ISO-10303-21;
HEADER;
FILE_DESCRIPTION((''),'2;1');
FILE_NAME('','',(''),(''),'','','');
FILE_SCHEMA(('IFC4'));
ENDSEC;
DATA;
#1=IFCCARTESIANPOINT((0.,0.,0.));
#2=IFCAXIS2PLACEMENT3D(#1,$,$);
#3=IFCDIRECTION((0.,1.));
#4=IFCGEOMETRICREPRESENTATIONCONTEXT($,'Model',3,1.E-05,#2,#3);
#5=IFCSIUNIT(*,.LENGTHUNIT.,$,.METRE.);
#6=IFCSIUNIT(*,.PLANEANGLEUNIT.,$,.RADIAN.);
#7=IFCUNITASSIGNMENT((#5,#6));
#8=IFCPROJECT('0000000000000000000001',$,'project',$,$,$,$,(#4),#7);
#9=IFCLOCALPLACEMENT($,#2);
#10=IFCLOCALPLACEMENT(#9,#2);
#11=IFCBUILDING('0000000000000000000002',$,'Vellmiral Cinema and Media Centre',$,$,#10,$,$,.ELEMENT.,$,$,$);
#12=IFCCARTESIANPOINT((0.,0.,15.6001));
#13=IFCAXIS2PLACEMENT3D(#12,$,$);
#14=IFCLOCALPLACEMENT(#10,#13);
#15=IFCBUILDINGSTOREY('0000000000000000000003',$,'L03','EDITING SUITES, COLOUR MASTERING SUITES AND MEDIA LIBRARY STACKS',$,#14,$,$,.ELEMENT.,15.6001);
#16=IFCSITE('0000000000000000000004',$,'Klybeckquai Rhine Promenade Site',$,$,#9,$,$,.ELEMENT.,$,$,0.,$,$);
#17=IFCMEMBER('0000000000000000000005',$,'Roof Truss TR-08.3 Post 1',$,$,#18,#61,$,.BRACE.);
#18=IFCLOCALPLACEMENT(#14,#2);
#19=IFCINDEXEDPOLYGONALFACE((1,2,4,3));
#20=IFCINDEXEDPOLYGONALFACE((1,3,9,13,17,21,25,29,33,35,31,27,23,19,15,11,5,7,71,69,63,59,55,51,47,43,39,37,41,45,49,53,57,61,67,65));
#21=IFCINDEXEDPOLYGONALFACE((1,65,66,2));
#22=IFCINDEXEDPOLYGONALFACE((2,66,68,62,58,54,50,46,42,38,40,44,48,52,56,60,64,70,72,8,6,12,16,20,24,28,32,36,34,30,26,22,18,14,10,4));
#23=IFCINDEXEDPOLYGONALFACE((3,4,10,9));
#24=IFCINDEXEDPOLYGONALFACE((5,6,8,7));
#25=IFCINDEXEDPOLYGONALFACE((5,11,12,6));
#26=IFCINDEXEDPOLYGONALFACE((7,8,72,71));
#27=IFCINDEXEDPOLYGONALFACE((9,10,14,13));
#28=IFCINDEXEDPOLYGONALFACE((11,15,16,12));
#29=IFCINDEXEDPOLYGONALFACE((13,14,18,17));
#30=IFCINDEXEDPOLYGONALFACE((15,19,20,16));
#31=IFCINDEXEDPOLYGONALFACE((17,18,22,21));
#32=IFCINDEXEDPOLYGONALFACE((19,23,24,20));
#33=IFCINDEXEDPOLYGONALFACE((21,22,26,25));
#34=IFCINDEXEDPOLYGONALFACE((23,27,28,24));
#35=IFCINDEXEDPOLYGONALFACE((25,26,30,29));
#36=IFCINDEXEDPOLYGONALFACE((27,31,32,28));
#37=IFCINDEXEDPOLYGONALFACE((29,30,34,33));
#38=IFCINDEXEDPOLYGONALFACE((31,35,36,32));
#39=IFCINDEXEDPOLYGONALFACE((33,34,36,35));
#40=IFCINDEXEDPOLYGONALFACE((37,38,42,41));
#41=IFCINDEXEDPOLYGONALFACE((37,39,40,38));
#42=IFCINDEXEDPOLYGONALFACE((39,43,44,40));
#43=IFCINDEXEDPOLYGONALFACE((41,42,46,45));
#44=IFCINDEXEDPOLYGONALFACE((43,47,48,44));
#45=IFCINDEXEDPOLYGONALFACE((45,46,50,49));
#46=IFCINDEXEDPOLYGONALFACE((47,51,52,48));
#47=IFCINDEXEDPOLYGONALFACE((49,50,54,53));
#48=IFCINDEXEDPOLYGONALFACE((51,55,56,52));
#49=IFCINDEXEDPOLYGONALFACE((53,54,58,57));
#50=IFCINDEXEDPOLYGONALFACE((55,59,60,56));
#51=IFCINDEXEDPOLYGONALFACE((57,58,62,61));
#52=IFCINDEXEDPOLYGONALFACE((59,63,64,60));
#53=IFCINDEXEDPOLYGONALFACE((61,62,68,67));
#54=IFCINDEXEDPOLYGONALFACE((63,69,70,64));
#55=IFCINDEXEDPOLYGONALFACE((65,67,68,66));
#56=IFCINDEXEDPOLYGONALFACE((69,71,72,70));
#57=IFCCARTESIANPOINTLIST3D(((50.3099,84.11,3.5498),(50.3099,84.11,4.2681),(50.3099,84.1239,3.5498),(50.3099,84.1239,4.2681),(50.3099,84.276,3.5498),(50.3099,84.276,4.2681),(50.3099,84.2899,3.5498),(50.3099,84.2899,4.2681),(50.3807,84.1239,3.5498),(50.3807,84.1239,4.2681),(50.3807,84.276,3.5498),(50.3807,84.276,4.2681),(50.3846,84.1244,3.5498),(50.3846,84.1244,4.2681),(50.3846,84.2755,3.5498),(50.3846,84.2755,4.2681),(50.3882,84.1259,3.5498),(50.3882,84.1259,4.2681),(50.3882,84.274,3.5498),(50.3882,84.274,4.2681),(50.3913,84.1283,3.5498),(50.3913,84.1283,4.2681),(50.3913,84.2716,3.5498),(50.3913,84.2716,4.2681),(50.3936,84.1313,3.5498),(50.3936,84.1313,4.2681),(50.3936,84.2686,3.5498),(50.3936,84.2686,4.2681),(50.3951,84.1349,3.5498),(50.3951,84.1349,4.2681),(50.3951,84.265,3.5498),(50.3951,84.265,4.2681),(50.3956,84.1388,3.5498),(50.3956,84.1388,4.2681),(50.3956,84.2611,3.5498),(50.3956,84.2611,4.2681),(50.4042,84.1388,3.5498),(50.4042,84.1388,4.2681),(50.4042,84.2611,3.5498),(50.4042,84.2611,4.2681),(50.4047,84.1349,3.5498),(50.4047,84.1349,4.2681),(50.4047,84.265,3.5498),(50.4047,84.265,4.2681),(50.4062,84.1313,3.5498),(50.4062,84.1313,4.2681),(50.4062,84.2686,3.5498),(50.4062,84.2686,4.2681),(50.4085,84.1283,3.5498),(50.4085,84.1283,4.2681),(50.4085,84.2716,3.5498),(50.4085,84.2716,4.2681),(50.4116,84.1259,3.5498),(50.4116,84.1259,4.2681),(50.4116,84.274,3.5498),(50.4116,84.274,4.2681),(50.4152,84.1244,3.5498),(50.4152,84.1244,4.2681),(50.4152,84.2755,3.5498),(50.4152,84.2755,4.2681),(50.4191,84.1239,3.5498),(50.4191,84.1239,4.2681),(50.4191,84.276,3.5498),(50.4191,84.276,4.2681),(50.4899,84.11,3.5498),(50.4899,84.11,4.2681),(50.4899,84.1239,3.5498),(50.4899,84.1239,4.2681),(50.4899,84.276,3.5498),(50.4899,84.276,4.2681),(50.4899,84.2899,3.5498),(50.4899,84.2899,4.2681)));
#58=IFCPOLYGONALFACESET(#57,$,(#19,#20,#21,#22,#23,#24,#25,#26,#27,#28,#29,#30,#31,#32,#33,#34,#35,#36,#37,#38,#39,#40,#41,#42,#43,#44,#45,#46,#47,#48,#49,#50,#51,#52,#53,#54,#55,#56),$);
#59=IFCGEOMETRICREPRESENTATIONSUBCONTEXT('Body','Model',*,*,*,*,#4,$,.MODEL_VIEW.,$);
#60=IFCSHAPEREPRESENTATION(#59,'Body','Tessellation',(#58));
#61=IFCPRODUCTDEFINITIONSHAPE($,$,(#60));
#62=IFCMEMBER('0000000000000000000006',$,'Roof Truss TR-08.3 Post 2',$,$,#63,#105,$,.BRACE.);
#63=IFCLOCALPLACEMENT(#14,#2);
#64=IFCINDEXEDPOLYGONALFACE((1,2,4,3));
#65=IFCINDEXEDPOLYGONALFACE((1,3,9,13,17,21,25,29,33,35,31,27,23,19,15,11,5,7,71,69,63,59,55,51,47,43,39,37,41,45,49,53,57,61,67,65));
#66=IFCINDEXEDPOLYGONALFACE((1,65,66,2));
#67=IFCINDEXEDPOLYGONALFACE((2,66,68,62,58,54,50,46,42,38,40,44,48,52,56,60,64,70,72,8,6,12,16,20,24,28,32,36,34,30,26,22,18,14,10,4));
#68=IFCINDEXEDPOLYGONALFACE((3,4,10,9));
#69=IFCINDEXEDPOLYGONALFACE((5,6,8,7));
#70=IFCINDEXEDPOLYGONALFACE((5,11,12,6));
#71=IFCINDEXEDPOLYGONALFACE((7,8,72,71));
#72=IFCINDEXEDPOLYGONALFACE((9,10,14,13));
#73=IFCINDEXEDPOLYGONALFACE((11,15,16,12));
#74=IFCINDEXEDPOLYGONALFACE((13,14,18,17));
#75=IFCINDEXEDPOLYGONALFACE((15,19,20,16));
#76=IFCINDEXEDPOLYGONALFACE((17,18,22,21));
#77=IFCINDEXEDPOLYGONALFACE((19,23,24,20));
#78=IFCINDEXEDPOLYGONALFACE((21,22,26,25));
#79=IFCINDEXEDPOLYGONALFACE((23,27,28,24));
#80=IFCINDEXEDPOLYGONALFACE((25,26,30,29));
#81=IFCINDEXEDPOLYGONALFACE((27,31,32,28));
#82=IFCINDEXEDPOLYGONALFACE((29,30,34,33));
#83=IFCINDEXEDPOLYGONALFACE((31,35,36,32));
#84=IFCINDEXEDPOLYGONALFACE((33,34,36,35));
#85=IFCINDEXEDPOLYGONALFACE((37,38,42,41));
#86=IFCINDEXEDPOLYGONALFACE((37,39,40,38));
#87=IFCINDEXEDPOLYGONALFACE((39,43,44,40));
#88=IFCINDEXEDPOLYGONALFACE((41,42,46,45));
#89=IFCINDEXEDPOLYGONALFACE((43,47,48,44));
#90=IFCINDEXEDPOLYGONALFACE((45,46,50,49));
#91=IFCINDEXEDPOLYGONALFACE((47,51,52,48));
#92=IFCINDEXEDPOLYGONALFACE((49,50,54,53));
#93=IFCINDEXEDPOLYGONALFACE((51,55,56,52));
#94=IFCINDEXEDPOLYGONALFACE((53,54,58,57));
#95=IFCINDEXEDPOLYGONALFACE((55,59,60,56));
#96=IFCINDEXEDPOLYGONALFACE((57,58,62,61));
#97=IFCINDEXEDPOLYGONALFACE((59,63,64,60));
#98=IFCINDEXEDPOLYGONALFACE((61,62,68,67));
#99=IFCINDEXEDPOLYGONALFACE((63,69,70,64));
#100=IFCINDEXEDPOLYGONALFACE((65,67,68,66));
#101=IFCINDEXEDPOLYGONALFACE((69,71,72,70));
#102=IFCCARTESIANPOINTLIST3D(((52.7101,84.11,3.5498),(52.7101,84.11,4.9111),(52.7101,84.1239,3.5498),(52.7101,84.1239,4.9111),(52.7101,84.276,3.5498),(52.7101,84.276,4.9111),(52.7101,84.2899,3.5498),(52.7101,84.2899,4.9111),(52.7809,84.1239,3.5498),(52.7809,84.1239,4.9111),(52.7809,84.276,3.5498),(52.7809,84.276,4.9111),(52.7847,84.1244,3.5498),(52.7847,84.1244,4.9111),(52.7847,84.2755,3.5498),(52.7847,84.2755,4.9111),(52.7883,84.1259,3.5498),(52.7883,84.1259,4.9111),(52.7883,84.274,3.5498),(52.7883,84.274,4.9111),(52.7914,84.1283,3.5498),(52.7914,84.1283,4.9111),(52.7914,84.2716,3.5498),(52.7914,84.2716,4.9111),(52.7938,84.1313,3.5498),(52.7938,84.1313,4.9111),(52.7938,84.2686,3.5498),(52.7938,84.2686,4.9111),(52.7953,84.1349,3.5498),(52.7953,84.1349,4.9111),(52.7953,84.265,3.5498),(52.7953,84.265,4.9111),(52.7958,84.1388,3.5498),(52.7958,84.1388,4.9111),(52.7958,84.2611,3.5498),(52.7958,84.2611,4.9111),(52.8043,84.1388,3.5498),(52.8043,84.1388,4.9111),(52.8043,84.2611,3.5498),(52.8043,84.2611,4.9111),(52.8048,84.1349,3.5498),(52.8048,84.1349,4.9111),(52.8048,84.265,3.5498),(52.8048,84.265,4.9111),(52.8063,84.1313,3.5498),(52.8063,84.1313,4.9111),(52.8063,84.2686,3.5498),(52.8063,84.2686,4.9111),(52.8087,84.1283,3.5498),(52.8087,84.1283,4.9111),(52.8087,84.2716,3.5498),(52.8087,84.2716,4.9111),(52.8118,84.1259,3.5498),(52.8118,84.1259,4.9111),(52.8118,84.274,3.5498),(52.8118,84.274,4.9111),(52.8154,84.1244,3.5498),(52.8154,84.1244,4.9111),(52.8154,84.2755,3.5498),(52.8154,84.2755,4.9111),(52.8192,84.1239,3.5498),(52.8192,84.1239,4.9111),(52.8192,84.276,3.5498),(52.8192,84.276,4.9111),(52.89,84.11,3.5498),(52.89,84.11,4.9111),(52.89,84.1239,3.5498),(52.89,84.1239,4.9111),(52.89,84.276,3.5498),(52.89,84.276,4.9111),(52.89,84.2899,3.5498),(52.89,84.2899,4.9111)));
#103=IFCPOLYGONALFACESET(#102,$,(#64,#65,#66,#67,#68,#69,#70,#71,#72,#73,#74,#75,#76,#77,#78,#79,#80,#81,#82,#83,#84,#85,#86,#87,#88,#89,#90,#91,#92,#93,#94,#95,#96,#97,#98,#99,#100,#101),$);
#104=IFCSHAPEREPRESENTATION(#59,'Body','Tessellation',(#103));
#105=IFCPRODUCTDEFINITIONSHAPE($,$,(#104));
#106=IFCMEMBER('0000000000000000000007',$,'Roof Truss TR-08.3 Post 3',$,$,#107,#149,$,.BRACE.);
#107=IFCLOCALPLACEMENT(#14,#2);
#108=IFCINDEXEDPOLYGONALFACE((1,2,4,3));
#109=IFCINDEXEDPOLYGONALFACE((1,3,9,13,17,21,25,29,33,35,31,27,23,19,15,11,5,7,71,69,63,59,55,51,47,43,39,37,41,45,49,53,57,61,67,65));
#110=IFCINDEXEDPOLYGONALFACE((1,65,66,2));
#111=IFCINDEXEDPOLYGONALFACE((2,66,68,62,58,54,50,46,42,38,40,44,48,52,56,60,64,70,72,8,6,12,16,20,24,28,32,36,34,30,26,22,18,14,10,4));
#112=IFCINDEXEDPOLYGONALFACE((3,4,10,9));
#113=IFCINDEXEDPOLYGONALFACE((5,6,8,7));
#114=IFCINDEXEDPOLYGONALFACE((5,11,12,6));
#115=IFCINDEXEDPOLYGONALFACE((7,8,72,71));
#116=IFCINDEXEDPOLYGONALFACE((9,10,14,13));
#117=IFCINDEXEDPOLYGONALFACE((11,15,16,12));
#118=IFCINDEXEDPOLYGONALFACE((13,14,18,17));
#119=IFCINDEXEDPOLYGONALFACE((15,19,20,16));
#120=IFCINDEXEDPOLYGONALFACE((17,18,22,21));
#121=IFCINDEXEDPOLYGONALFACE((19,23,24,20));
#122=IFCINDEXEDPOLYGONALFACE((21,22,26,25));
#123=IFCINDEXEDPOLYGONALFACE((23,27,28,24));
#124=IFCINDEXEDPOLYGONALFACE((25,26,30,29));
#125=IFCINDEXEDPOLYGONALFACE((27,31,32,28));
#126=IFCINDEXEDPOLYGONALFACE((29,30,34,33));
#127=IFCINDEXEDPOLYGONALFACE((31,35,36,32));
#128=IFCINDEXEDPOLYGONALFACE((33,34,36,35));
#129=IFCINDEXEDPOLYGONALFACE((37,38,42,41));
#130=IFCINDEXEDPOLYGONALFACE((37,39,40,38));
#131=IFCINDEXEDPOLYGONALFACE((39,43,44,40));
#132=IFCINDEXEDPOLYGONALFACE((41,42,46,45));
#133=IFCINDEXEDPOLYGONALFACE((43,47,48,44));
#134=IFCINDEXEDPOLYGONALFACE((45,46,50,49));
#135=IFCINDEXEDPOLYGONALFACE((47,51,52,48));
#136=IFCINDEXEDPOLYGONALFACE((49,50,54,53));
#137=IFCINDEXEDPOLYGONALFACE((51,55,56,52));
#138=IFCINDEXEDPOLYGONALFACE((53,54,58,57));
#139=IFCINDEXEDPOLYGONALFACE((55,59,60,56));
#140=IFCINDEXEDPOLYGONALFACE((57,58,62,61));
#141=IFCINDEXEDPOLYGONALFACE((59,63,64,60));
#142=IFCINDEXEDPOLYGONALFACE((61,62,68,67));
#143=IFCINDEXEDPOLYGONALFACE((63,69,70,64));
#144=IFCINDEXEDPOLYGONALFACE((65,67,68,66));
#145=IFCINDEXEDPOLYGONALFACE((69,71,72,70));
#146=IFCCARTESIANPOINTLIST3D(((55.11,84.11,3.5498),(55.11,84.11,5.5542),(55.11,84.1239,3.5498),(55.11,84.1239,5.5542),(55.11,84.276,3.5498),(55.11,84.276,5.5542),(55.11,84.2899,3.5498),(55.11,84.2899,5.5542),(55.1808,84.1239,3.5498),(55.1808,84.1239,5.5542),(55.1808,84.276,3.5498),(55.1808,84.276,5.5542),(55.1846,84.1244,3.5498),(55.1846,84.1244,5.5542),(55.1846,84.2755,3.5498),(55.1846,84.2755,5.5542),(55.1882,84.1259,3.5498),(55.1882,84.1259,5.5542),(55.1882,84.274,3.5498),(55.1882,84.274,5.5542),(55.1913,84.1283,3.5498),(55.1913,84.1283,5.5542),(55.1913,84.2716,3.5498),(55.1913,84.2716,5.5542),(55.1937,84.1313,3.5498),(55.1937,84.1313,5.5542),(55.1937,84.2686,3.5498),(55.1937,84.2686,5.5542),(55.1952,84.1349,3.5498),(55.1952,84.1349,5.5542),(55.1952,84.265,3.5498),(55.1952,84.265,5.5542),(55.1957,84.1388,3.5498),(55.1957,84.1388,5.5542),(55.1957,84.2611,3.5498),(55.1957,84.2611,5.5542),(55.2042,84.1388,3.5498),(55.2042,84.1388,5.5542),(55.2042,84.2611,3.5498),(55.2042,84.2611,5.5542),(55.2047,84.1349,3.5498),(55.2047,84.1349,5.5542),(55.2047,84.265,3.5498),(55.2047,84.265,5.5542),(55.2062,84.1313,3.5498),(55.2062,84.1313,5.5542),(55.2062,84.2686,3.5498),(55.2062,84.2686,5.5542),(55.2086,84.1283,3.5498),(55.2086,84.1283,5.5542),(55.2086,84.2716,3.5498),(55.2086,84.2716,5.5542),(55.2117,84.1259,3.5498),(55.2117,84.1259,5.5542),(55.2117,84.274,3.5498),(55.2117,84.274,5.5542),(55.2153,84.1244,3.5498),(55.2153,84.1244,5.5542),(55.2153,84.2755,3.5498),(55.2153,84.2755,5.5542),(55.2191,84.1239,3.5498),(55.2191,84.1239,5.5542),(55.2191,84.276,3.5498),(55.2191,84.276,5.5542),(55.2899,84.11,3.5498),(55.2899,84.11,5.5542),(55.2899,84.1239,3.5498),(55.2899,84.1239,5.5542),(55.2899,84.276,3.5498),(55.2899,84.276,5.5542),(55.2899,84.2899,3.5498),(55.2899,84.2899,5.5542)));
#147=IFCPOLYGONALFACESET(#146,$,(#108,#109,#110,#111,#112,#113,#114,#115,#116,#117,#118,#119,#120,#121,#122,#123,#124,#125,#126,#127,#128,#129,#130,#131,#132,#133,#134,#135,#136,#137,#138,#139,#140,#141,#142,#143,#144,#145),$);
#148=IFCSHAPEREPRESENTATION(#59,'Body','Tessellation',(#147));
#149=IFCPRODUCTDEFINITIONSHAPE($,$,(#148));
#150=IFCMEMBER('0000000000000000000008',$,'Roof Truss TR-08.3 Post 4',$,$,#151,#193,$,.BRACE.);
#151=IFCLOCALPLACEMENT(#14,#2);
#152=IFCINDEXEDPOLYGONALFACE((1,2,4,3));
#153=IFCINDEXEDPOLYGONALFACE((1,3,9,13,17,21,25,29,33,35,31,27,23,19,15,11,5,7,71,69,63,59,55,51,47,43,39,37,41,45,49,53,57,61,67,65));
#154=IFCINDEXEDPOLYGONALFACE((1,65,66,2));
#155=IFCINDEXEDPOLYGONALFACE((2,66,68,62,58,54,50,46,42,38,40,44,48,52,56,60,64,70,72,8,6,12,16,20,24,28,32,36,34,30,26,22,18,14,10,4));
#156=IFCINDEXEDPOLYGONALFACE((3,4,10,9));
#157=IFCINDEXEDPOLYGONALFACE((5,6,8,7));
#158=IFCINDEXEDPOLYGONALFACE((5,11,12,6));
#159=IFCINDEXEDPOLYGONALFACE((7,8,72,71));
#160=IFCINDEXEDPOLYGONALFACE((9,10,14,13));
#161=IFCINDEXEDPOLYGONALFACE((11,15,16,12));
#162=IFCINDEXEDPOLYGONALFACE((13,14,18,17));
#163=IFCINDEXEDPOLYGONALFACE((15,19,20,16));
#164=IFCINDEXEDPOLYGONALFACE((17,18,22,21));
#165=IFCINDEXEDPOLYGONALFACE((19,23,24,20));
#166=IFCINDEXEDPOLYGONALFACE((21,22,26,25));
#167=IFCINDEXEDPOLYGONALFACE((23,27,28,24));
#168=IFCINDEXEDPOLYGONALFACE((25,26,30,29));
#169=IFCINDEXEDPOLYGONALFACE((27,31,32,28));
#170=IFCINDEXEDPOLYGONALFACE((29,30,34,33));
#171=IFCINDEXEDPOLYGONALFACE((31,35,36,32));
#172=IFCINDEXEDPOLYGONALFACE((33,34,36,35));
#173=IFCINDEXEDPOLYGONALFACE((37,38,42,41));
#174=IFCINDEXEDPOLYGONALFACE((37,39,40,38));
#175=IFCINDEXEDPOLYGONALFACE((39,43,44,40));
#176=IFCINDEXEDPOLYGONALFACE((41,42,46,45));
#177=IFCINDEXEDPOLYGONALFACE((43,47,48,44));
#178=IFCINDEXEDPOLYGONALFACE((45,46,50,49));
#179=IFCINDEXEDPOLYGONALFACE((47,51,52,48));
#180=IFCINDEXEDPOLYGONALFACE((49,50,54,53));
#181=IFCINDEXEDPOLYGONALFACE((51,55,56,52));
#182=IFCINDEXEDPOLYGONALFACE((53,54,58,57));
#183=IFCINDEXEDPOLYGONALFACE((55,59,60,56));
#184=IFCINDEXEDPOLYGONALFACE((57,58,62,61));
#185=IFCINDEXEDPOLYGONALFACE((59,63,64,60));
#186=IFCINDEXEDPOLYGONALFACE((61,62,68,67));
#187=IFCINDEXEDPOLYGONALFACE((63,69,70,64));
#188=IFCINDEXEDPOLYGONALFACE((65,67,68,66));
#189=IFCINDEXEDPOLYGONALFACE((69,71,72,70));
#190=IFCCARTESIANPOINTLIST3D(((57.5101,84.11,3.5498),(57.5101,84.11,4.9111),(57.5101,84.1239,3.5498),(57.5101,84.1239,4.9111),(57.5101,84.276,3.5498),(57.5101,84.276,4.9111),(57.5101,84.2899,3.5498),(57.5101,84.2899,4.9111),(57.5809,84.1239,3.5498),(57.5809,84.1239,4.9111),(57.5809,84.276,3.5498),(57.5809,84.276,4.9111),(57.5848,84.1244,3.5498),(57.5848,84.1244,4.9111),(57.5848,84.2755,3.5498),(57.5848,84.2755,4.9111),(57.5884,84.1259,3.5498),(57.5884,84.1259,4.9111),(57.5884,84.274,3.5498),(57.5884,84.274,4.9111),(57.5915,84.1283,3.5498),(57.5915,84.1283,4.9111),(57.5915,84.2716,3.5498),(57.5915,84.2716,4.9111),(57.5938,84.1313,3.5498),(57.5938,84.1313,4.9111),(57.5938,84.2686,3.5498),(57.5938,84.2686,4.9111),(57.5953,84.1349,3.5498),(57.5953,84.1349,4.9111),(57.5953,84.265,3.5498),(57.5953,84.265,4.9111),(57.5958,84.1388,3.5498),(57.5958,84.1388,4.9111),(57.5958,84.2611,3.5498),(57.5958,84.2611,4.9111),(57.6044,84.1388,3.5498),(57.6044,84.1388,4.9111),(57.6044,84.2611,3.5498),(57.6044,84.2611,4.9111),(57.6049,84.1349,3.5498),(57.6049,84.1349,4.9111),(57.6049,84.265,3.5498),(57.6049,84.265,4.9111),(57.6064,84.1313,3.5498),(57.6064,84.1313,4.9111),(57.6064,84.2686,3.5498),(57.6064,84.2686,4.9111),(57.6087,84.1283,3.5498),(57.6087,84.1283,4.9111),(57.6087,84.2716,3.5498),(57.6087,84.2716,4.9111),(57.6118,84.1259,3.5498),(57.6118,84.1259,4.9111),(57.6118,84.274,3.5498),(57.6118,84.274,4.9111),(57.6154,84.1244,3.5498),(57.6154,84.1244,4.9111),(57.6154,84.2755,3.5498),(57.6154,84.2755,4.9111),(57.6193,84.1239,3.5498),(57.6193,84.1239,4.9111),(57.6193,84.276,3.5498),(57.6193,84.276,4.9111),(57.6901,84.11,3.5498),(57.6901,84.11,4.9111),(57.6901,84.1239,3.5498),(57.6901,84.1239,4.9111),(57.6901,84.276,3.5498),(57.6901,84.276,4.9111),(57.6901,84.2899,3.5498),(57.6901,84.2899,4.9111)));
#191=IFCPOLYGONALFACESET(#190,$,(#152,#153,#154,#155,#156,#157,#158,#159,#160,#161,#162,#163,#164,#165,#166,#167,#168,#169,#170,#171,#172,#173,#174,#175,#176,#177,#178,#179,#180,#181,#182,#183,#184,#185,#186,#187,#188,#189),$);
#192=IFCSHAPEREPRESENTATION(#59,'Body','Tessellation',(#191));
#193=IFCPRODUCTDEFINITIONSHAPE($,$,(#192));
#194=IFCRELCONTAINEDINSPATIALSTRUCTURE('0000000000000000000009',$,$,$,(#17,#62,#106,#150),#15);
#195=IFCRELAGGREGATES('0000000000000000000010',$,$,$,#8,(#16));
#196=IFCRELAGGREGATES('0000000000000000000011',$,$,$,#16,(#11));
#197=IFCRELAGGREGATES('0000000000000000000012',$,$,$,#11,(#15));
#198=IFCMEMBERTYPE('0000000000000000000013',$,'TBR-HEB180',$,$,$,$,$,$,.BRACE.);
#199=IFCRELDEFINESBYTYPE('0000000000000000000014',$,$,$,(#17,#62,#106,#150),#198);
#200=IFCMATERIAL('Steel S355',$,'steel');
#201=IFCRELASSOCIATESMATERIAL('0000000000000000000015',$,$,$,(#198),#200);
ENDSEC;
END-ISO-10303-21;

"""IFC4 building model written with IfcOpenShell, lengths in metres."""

from ifc_helpers import new_model, si_unit, direction, frame, origin, origin_2d, place, context, subcontext, project, spatial, i_section, extrude, material, material_profile, profile_set, type_object, element, save


model = new_model("IFC4")

# Units and contexts
model_context = context("Model", 3, precision=1e-05, world=origin(), true_north=direction((0.0, 1.0)))
body_context = subcontext(model_context, "Body", "Model", "MODEL_VIEW")
ifc_project = project(units=[si_unit("LENGTHUNIT", "METRE"), si_unit("PLANEANGLEUNIT", "RADIAN")], contexts=[model_context])

# Site, building, storey
site_placement = place(None, origin())
site = spatial("IfcSite", under=ifc_project, at=site_placement, Name="Klybeckquai Rhine Promenade Site", CompositionType="ELEMENT", RefElevation=0.0)
building_placement = place(site_placement, origin())
building = spatial("IfcBuilding", under=site, at=building_placement, Name="Vellmiral Cinema and Media Centre", CompositionType="ELEMENT")
storey_placement = place(building_placement, frame((0.0, 0.0, 15.6001)))
storey = spatial("IfcBuildingStorey", under=building, at=storey_placement, Name="L03", Description="EDITING SUITES, COLOUR MASTERING SUITES AND MEDIA LIBRARY STACKS", CompositionType="ELEMENT", Elevation=15.6001)

# Members
ifc_material_1 = material(Name="Steel S355", Category="steel")
ifc_material_profile_1 = material_profile(ifc_material_1, i_section(OverallWidth=0.1799, OverallDepth=0.1799, WebThickness=0.0085, FlangeThickness=0.0139, FilletRadius=0.0149, at=origin_2d()), Name="HEB 180")
ifc_profile_set_1 = profile_set([ifc_material_profile_1], Name="Steel S355")
member_type_1 = type_object("IfcMemberType", Name="TBR-HEB180", PredefinedType="BRACE", material=ifc_profile_set_1)
member_1_placement = place(storey_placement, frame((50.3999, 84.2, 3.5498), z_axis=(0.0, 0.0, 1.0), x_axis=(1.0, 0.0, 0.0)))
element("IfcMember", 1, at=member_1_placement, inside=storey, type_object=member_type_1, Name="Roof Truss TR-08.3 Post 1", PredefinedType="BRACE", context=body_context, shape_type="SweptSolid", body=[
    extrude(i_section(OverallWidth=0.1799, OverallDepth=0.1799, WebThickness=0.0085, FlangeThickness=0.0139, FilletRadius=0.0149, at=origin_2d()), origin(), (0.0, 0.0, 1.0), 0.7183),
])
member_2_placement = place(storey_placement, frame((52.8, 84.2, 3.5498), z_axis=(0.0, 0.0, 1.0), x_axis=(1.0, 0.0, 0.0)))
element("IfcMember", 2, at=member_2_placement, inside=storey, type_object=member_type_1, Name="Roof Truss TR-08.3 Post 2", PredefinedType="BRACE", context=body_context, shape_type="SweptSolid", body=[
    extrude(i_section(OverallWidth=0.1799, OverallDepth=0.1799, WebThickness=0.0085, FlangeThickness=0.0139, FilletRadius=0.0149, at=origin_2d()), origin(), (0.0, 0.0, 1.0), 1.3613),
])
member_3_placement = place(storey_placement, frame((55.2, 84.2, 3.5498), z_axis=(0.0, 0.0, 1.0), x_axis=(1.0, 0.0, 0.0)))
element("IfcMember", 3, at=member_3_placement, inside=storey, type_object=member_type_1, Name="Roof Truss TR-08.3 Post 3", PredefinedType="BRACE", context=body_context, shape_type="SweptSolid", body=[
    extrude(i_section(OverallWidth=0.1799, OverallDepth=0.1799, WebThickness=0.0085, FlangeThickness=0.0139, FilletRadius=0.0149, at=origin_2d()), origin(), (0.0, 0.0, 1.0), 2.0044),
])
member_4_placement = place(storey_placement, frame((57.6001, 84.2, 3.5498), z_axis=(0.0, 0.0, 1.0), x_axis=(1.0, 0.0, 0.0)))
element("IfcMember", 4, at=member_4_placement, inside=storey, type_object=member_type_1, Name="Roof Truss TR-08.3 Post 4", PredefinedType="BRACE", context=body_context, shape_type="SweptSolid", body=[
    extrude(i_section(OverallWidth=0.1799, OverallDepth=0.1799, WebThickness=0.0085, FlangeThickness=0.0139, FilletRadius=0.0149, at=origin_2d()), origin(), (0.0, 0.0, 1.0), 1.3613),
])

save(model, "model.ifc")
